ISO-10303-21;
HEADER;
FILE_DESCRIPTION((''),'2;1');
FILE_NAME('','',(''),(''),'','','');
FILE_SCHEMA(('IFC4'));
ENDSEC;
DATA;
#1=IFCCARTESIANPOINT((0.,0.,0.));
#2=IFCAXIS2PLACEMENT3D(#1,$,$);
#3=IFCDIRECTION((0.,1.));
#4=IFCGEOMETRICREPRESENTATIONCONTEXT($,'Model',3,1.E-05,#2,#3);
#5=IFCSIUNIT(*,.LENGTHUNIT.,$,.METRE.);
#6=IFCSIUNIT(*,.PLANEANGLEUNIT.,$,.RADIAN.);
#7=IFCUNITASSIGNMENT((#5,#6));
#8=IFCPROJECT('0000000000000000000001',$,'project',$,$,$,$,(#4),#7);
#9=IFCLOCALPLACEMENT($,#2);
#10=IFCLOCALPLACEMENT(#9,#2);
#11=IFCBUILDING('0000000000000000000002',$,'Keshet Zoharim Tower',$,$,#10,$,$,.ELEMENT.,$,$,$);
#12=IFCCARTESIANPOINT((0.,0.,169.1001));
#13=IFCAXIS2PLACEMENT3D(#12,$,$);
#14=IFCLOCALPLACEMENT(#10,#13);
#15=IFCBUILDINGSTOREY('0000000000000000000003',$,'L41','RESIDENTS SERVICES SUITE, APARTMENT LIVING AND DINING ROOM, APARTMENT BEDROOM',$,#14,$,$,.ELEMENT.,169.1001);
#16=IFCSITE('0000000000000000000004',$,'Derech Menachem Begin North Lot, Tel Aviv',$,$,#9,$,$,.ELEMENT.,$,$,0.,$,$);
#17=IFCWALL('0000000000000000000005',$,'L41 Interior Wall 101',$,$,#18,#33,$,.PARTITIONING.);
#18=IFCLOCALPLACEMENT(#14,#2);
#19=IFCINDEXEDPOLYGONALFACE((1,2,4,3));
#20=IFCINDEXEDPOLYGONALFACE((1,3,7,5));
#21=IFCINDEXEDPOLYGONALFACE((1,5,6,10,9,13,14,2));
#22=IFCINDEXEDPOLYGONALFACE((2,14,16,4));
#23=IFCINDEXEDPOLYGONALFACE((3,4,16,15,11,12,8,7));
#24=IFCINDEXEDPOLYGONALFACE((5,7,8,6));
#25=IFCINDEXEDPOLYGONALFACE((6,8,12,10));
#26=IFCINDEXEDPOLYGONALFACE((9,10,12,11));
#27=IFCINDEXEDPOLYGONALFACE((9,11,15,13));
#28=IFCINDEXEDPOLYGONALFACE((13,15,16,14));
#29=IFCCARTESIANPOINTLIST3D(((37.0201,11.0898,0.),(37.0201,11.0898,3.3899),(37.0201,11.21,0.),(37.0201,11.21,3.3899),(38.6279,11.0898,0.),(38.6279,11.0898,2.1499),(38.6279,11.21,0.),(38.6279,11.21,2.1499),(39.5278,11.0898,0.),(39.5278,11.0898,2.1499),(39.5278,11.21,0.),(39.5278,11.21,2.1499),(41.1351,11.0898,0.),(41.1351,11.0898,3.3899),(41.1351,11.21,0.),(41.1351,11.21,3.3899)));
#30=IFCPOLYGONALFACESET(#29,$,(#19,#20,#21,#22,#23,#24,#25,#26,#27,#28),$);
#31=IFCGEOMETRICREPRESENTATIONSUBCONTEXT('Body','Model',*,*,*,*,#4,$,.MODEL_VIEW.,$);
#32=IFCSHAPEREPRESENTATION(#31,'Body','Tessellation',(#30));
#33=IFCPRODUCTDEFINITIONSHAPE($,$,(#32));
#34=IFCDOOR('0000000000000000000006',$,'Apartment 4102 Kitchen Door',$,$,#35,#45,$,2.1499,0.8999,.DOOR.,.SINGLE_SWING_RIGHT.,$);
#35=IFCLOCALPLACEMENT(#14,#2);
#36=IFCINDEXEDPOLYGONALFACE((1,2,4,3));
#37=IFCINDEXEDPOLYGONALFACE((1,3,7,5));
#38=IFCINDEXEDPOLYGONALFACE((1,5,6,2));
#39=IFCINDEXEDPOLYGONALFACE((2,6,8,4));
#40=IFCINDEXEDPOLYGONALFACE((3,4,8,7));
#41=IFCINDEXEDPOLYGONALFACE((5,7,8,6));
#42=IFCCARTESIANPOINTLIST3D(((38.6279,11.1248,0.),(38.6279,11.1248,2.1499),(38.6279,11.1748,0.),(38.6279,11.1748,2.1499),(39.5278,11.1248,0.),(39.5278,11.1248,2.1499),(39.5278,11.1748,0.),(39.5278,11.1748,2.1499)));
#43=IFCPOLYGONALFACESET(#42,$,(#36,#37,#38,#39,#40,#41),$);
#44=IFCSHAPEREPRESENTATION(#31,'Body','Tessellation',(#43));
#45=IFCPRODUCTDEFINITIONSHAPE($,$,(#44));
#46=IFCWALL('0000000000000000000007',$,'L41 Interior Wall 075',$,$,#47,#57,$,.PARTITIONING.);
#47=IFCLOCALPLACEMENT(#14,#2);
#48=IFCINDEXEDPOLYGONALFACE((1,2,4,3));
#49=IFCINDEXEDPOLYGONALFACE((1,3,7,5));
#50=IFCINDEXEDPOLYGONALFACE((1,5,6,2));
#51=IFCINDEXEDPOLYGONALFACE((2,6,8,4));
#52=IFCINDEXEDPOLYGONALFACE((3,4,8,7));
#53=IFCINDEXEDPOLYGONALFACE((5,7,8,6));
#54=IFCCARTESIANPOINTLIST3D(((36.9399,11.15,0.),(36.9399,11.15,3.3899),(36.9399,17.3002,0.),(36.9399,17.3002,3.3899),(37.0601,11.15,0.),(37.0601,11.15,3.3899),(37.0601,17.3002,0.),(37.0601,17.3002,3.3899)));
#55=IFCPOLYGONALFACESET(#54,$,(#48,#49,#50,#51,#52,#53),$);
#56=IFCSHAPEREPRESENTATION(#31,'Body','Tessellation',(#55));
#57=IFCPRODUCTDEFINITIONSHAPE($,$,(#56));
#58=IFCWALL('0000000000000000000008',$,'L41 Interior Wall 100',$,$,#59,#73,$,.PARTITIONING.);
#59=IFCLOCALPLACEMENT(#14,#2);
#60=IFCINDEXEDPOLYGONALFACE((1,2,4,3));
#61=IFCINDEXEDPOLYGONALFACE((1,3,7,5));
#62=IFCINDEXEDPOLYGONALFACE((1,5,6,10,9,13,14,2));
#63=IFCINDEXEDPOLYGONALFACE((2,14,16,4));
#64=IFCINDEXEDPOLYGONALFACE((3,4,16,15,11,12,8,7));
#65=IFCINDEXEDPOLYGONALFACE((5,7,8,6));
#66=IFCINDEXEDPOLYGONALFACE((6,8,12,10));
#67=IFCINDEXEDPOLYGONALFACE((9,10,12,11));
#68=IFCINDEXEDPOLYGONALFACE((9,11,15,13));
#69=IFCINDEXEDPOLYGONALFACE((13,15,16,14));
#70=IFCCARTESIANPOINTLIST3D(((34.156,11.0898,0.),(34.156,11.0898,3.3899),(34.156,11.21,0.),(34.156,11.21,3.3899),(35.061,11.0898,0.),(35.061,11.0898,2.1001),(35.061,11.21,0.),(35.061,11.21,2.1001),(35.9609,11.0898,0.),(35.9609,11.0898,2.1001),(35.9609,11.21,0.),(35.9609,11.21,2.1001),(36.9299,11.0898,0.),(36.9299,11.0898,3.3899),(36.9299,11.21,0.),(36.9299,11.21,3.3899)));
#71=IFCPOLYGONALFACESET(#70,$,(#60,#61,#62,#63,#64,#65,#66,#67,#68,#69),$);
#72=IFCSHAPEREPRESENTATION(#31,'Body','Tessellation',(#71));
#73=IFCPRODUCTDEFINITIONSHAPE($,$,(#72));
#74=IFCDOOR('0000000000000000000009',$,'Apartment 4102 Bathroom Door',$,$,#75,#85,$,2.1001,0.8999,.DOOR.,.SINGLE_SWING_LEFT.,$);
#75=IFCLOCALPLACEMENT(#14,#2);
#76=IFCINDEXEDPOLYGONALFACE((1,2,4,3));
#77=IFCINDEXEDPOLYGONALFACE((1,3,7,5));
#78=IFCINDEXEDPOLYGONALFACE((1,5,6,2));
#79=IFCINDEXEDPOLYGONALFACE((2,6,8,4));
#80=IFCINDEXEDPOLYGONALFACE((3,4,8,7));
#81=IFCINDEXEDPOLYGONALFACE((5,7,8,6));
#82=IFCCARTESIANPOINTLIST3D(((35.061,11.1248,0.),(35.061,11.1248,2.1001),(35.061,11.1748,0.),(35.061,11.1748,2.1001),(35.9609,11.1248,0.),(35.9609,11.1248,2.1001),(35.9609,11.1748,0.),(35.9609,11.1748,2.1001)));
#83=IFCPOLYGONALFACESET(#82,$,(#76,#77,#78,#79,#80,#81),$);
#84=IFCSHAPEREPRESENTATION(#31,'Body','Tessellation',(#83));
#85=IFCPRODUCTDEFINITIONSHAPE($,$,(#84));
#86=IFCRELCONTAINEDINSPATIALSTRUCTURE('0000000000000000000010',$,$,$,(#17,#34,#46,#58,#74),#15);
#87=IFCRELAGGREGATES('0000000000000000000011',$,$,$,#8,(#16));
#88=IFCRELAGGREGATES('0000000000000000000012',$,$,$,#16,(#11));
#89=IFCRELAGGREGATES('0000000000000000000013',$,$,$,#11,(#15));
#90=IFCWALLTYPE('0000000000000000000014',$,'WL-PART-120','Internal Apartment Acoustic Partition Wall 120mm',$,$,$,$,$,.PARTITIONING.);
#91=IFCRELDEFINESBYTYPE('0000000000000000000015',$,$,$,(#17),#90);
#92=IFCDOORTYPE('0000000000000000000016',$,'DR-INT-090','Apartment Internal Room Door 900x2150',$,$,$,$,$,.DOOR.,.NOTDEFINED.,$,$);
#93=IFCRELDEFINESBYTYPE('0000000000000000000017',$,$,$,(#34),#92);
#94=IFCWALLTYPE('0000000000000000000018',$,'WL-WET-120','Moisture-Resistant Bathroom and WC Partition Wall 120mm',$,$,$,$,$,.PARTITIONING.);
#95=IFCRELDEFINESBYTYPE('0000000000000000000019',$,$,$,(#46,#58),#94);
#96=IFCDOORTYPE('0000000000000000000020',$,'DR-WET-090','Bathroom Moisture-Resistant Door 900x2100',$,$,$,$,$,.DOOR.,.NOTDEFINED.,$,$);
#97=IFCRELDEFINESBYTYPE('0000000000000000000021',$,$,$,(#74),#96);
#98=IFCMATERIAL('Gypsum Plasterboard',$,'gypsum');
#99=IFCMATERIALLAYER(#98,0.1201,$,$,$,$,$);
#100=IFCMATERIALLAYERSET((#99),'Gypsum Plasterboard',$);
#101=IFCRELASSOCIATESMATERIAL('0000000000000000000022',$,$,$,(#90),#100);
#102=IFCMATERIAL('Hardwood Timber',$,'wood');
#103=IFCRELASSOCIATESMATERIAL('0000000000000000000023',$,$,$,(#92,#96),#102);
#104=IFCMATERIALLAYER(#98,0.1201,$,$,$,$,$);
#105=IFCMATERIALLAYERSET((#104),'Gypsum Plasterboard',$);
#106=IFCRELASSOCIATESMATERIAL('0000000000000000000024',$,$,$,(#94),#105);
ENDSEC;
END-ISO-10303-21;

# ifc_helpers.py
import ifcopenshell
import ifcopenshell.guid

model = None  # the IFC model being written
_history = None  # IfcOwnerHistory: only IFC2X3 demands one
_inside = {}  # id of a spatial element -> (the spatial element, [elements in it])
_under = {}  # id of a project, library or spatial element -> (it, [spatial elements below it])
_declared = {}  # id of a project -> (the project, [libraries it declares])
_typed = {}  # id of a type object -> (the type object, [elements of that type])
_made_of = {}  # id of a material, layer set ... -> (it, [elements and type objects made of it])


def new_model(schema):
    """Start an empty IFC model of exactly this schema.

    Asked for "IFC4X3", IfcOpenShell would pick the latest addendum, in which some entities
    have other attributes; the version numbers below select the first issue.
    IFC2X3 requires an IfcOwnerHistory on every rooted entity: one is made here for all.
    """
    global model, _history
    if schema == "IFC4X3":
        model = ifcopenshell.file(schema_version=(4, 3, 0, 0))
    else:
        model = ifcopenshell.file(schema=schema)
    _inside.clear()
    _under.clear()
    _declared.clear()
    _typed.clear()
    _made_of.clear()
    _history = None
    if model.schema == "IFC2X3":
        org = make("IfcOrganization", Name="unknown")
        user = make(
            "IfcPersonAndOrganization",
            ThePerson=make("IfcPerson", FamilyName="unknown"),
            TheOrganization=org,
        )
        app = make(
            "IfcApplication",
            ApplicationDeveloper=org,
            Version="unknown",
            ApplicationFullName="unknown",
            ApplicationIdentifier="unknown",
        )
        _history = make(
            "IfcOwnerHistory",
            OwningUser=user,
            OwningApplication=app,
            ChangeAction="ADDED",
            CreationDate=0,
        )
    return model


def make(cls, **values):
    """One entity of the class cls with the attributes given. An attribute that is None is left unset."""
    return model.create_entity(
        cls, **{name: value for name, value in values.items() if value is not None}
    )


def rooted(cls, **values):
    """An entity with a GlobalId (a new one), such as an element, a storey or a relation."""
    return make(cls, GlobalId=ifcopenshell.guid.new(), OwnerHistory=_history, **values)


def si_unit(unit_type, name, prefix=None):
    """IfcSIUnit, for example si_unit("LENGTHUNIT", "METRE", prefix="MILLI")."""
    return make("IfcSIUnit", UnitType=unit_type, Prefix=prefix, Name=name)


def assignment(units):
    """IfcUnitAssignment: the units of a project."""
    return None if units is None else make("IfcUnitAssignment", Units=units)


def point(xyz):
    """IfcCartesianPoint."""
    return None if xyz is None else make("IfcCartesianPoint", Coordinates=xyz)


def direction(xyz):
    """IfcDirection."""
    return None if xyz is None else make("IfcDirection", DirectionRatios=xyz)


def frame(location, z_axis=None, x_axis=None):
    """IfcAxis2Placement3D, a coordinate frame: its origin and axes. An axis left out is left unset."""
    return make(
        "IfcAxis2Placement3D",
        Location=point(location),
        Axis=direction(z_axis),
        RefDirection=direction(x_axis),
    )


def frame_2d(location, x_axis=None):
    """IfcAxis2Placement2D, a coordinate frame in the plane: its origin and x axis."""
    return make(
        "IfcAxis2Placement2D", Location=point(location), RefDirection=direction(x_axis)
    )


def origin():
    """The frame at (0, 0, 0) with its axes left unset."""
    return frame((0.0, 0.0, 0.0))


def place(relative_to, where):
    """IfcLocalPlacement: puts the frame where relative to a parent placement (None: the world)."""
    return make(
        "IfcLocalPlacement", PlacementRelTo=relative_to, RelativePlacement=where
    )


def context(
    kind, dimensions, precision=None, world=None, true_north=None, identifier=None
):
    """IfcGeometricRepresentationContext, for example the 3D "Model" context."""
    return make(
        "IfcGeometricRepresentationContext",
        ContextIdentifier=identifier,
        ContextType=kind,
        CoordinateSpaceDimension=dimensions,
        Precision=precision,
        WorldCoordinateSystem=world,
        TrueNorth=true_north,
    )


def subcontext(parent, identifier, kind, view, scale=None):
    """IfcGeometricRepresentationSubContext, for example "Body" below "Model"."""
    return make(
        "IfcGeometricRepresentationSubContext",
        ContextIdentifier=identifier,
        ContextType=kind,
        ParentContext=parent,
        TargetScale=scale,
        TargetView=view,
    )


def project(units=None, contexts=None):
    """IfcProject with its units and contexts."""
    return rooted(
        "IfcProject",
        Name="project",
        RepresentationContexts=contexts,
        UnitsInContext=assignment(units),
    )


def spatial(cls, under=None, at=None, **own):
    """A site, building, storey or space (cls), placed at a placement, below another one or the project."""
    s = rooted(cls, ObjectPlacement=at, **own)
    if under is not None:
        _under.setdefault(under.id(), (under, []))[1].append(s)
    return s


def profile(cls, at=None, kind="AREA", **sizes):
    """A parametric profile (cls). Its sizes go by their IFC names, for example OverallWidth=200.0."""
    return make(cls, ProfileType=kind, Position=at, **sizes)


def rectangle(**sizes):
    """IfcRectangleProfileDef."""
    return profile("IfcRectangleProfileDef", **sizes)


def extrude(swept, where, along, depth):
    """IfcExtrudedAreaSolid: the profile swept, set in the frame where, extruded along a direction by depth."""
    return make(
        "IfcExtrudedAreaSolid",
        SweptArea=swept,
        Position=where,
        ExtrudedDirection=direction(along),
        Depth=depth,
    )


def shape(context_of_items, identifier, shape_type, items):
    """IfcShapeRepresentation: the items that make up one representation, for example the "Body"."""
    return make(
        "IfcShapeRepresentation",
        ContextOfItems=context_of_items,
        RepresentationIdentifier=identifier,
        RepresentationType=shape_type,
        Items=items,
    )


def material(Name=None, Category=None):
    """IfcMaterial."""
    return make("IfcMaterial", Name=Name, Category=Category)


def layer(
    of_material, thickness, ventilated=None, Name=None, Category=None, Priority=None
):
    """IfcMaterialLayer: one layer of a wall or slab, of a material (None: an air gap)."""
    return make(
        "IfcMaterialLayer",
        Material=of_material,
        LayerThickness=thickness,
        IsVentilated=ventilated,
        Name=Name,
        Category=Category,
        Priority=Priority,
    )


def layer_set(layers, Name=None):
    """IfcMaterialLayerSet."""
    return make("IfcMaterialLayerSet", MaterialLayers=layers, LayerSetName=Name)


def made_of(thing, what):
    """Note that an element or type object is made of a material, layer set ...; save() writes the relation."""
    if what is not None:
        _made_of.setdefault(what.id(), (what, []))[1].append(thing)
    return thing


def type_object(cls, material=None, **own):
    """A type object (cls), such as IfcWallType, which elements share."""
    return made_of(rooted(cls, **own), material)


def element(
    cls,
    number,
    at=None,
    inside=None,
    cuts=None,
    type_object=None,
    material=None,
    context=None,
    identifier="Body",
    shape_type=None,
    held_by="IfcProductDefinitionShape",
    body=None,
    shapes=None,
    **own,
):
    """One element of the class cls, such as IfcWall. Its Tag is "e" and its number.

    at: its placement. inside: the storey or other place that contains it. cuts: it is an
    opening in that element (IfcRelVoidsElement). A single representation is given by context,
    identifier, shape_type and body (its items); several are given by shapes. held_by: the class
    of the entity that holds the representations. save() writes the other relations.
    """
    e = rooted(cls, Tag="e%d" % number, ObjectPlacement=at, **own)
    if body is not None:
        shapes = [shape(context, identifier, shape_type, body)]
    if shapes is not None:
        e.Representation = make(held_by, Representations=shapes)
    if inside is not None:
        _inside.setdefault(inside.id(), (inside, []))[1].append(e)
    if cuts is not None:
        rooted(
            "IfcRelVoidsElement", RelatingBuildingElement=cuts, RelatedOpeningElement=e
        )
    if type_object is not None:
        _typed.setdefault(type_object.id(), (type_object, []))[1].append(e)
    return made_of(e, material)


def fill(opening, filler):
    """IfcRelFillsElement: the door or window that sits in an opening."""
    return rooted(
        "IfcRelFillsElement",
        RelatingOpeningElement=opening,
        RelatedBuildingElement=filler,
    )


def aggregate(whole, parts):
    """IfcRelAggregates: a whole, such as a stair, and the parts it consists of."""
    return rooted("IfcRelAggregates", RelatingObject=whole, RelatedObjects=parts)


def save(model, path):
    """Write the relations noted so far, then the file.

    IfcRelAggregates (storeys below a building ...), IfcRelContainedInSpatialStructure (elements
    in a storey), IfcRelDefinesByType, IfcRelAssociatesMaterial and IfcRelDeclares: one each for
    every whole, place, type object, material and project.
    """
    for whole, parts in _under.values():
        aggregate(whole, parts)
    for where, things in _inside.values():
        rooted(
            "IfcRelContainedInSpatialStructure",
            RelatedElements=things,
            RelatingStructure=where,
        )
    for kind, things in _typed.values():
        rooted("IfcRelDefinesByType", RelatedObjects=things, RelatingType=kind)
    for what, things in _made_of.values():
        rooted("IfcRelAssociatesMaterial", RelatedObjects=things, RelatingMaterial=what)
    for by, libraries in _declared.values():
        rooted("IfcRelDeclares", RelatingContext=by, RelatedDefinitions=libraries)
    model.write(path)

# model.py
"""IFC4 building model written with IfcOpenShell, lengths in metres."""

from ifc_helpers import new_model, si_unit, direction, frame, frame_2d, origin, place, context, subcontext, project, spatial, rectangle, extrude, material, layer, layer_set, type_object, element, fill, save


model = new_model("IFC4")

# Units and contexts
model_context = context("Model", 3, precision=1e-05, world=origin(), true_north=direction((0.0, 1.0)))
body_context = subcontext(model_context, "Body", "Model", "MODEL_VIEW")
ifc_project = project(units=[si_unit("LENGTHUNIT", "METRE"), si_unit("PLANEANGLEUNIT", "RADIAN")], contexts=[model_context])

# Site, building, storey
site_placement = place(None, origin())
site = spatial("IfcSite", under=ifc_project, at=site_placement, Name="Derech Menachem Begin North Lot, Tel Aviv", CompositionType="ELEMENT", RefElevation=0.0)
building_placement = place(site_placement, origin())
building = spatial("IfcBuilding", under=site, at=building_placement, Name="Keshet Zoharim Tower", CompositionType="ELEMENT")
storey_placement = place(building_placement, frame((0.0, 0.0, 169.1001)))
storey = spatial("IfcBuildingStorey", under=building, at=storey_placement, Name="L41", Description="RESIDENTS SERVICES SUITE, APARTMENT LIVING AND DINING ROOM, APARTMENT BEDROOM", CompositionType="ELEMENT", Elevation=169.1001)

# Shared definitions
ifc_material_1 = material(Name="Gypsum Plasterboard", Category="gypsum")

# Shared definitions
ifc_material_2 = material(Name="Hardwood Timber", Category="wood")

# Shared definitions
ifc_layer_1 = layer(ifc_material_1, 0.1201)
ifc_layer_set_1 = layer_set([ifc_layer_1], Name="Gypsum Plasterboard")
wall_type_1 = type_object("IfcWallType", Name="WL-PART-120", Description="Internal Apartment Acoustic Partition Wall 120mm", PredefinedType="PARTITIONING", material=ifc_layer_set_1)

# Wall, opening, door
wall_1_placement = place(storey_placement, frame((37.02, 11.1499, 0.0), z_axis=(0.0, 0.0, 1.0), x_axis=(1.0, 0.0, 0.0)))
wall_1 = element("IfcWall", 1, at=wall_1_placement, inside=storey, type_object=wall_type_1, Name="L41 Interior Wall 101", PredefinedType="PARTITIONING", context=body_context, shape_type="SweptSolid", body=[
    extrude(rectangle(XDim=4.115, YDim=0.1201, at=frame_2d((2.0576, 0.0))), origin(), (0.0, 0.0, 1.0), 3.3899),
])
opening_1_placement = place(wall_1_placement, frame((1.6079, 0.0, 0.0)))
opening_1 = element("IfcOpeningElement", 2, at=opening_1_placement, cuts=wall_1, PredefinedType="OPENING", context=body_context, shape_type="SweptSolid", body=[
    extrude(rectangle(XDim=0.8999, YDim=2.1499, at=frame_2d((0.45, 1.075))), frame((0.0, 0.0701, 0.0), z_axis=(0.0, -1.0, 0.0), x_axis=(1.0, 0.0, 0.0)), (0.0, 0.0, 1.0), 0.1401),
])
door_type_1 = type_object("IfcDoorType", Name="DR-INT-090", Description="Apartment Internal Room Door 900x2150", OperationType="NOTDEFINED", PredefinedType="DOOR", material=ifc_material_2)
door_1_placement = place(opening_1_placement, origin())
door_1 = element("IfcDoor", 3, at=door_1_placement, inside=storey, type_object=door_type_1, Name="Apartment 4102 Kitchen Door", OperationType="SINGLE_SWING_RIGHT", OverallHeight=2.1499, OverallWidth=0.8999, PredefinedType="DOOR", context=body_context, shape_type="SweptSolid", body=[
    extrude(rectangle(XDim=0.8999, YDim=2.1499, at=frame_2d((0.45, 1.075))), frame((0.0, 0.0249, 0.0), z_axis=(0.0, -1.0, 0.0), x_axis=(1.0, 0.0, 0.0)), (0.0, 0.0, 1.0), 0.05),
])
fill(opening_1, door_1)

# Wall
ifc_layer_2 = layer(ifc_material_1, 0.1201)
ifc_layer_set_2 = layer_set([ifc_layer_2], Name="Gypsum Plasterboard")
wall_type_2 = type_object("IfcWallType", Name="WL-WET-120", Description="Moisture-Resistant Bathroom and WC Partition Wall 120mm", PredefinedType="PARTITIONING", material=ifc_layer_set_2)
wall_2_placement = place(storey_placement, frame((37.0, 11.1499, 0.0), z_axis=(0.0, 0.0, 1.0), x_axis=(0.0, 1.0, 0.0)))
element("IfcWall", 4, at=wall_2_placement, inside=storey, type_object=wall_type_2, Name="L41 Interior Wall 075", PredefinedType="PARTITIONING", context=body_context, shape_type="SweptSolid", body=[
    extrude(rectangle(XDim=6.1501, YDim=0.1201, at=frame_2d((3.0752, 0.0))), origin(), (0.0, 0.0, 1.0), 3.3899),
])

# Wall, opening, door
wall_3_placement = place(storey_placement, frame((34.156, 11.1499, 0.0), z_axis=(0.0, 0.0, 1.0), x_axis=(1.0, 0.0, 0.0)))
wall_3 = element("IfcWall", 5, at=wall_3_placement, inside=storey, type_object=wall_type_2, Name="L41 Interior Wall 100", PredefinedType="PARTITIONING", context=body_context, shape_type="SweptSolid", body=[
    extrude(rectangle(XDim=2.7739, YDim=0.1201, at=frame_2d((1.387, 0.0))), origin(), (0.0, 0.0, 1.0), 3.3899),
])
opening_2_placement = place(wall_3_placement, frame((0.905, 0.0, 0.0)))
opening_2 = element("IfcOpeningElement", 6, at=opening_2_placement, cuts=wall_3, PredefinedType="OPENING", context=body_context, shape_type="SweptSolid", body=[
    extrude(rectangle(XDim=0.8999, YDim=2.1001, at=frame_2d((0.45, 1.05))), frame((0.0, 0.0701, 0.0), z_axis=(0.0, -1.0, 0.0), x_axis=(1.0, 0.0, 0.0)), (0.0, 0.0, 1.0), 0.1401),
])
door_type_2 = type_object("IfcDoorType", Name="DR-WET-090", Description="Bathroom Moisture-Resistant Door 900x2100", OperationType="NOTDEFINED", PredefinedType="DOOR", material=ifc_material_2)
door_2_placement = place(opening_2_placement, origin())
door_2 = element("IfcDoor", 7, at=door_2_placement, inside=storey, type_object=door_type_2, Name="Apartment 4102 Bathroom Door", OperationType="SINGLE_SWING_LEFT", OverallHeight=2.1001, OverallWidth=0.8999, PredefinedType="DOOR", context=body_context, shape_type="SweptSolid", body=[
    extrude(rectangle(XDim=0.8999, YDim=2.1001, at=frame_2d((0.45, 1.05))), frame((0.0, 0.0249, 0.0), z_axis=(0.0, -1.0, 0.0), x_axis=(1.0, 0.0, 0.0)), (0.0, 0.0, 1.0), 0.05),
])
fill(opening_2, door_2)

save(model, "model.ifc")
